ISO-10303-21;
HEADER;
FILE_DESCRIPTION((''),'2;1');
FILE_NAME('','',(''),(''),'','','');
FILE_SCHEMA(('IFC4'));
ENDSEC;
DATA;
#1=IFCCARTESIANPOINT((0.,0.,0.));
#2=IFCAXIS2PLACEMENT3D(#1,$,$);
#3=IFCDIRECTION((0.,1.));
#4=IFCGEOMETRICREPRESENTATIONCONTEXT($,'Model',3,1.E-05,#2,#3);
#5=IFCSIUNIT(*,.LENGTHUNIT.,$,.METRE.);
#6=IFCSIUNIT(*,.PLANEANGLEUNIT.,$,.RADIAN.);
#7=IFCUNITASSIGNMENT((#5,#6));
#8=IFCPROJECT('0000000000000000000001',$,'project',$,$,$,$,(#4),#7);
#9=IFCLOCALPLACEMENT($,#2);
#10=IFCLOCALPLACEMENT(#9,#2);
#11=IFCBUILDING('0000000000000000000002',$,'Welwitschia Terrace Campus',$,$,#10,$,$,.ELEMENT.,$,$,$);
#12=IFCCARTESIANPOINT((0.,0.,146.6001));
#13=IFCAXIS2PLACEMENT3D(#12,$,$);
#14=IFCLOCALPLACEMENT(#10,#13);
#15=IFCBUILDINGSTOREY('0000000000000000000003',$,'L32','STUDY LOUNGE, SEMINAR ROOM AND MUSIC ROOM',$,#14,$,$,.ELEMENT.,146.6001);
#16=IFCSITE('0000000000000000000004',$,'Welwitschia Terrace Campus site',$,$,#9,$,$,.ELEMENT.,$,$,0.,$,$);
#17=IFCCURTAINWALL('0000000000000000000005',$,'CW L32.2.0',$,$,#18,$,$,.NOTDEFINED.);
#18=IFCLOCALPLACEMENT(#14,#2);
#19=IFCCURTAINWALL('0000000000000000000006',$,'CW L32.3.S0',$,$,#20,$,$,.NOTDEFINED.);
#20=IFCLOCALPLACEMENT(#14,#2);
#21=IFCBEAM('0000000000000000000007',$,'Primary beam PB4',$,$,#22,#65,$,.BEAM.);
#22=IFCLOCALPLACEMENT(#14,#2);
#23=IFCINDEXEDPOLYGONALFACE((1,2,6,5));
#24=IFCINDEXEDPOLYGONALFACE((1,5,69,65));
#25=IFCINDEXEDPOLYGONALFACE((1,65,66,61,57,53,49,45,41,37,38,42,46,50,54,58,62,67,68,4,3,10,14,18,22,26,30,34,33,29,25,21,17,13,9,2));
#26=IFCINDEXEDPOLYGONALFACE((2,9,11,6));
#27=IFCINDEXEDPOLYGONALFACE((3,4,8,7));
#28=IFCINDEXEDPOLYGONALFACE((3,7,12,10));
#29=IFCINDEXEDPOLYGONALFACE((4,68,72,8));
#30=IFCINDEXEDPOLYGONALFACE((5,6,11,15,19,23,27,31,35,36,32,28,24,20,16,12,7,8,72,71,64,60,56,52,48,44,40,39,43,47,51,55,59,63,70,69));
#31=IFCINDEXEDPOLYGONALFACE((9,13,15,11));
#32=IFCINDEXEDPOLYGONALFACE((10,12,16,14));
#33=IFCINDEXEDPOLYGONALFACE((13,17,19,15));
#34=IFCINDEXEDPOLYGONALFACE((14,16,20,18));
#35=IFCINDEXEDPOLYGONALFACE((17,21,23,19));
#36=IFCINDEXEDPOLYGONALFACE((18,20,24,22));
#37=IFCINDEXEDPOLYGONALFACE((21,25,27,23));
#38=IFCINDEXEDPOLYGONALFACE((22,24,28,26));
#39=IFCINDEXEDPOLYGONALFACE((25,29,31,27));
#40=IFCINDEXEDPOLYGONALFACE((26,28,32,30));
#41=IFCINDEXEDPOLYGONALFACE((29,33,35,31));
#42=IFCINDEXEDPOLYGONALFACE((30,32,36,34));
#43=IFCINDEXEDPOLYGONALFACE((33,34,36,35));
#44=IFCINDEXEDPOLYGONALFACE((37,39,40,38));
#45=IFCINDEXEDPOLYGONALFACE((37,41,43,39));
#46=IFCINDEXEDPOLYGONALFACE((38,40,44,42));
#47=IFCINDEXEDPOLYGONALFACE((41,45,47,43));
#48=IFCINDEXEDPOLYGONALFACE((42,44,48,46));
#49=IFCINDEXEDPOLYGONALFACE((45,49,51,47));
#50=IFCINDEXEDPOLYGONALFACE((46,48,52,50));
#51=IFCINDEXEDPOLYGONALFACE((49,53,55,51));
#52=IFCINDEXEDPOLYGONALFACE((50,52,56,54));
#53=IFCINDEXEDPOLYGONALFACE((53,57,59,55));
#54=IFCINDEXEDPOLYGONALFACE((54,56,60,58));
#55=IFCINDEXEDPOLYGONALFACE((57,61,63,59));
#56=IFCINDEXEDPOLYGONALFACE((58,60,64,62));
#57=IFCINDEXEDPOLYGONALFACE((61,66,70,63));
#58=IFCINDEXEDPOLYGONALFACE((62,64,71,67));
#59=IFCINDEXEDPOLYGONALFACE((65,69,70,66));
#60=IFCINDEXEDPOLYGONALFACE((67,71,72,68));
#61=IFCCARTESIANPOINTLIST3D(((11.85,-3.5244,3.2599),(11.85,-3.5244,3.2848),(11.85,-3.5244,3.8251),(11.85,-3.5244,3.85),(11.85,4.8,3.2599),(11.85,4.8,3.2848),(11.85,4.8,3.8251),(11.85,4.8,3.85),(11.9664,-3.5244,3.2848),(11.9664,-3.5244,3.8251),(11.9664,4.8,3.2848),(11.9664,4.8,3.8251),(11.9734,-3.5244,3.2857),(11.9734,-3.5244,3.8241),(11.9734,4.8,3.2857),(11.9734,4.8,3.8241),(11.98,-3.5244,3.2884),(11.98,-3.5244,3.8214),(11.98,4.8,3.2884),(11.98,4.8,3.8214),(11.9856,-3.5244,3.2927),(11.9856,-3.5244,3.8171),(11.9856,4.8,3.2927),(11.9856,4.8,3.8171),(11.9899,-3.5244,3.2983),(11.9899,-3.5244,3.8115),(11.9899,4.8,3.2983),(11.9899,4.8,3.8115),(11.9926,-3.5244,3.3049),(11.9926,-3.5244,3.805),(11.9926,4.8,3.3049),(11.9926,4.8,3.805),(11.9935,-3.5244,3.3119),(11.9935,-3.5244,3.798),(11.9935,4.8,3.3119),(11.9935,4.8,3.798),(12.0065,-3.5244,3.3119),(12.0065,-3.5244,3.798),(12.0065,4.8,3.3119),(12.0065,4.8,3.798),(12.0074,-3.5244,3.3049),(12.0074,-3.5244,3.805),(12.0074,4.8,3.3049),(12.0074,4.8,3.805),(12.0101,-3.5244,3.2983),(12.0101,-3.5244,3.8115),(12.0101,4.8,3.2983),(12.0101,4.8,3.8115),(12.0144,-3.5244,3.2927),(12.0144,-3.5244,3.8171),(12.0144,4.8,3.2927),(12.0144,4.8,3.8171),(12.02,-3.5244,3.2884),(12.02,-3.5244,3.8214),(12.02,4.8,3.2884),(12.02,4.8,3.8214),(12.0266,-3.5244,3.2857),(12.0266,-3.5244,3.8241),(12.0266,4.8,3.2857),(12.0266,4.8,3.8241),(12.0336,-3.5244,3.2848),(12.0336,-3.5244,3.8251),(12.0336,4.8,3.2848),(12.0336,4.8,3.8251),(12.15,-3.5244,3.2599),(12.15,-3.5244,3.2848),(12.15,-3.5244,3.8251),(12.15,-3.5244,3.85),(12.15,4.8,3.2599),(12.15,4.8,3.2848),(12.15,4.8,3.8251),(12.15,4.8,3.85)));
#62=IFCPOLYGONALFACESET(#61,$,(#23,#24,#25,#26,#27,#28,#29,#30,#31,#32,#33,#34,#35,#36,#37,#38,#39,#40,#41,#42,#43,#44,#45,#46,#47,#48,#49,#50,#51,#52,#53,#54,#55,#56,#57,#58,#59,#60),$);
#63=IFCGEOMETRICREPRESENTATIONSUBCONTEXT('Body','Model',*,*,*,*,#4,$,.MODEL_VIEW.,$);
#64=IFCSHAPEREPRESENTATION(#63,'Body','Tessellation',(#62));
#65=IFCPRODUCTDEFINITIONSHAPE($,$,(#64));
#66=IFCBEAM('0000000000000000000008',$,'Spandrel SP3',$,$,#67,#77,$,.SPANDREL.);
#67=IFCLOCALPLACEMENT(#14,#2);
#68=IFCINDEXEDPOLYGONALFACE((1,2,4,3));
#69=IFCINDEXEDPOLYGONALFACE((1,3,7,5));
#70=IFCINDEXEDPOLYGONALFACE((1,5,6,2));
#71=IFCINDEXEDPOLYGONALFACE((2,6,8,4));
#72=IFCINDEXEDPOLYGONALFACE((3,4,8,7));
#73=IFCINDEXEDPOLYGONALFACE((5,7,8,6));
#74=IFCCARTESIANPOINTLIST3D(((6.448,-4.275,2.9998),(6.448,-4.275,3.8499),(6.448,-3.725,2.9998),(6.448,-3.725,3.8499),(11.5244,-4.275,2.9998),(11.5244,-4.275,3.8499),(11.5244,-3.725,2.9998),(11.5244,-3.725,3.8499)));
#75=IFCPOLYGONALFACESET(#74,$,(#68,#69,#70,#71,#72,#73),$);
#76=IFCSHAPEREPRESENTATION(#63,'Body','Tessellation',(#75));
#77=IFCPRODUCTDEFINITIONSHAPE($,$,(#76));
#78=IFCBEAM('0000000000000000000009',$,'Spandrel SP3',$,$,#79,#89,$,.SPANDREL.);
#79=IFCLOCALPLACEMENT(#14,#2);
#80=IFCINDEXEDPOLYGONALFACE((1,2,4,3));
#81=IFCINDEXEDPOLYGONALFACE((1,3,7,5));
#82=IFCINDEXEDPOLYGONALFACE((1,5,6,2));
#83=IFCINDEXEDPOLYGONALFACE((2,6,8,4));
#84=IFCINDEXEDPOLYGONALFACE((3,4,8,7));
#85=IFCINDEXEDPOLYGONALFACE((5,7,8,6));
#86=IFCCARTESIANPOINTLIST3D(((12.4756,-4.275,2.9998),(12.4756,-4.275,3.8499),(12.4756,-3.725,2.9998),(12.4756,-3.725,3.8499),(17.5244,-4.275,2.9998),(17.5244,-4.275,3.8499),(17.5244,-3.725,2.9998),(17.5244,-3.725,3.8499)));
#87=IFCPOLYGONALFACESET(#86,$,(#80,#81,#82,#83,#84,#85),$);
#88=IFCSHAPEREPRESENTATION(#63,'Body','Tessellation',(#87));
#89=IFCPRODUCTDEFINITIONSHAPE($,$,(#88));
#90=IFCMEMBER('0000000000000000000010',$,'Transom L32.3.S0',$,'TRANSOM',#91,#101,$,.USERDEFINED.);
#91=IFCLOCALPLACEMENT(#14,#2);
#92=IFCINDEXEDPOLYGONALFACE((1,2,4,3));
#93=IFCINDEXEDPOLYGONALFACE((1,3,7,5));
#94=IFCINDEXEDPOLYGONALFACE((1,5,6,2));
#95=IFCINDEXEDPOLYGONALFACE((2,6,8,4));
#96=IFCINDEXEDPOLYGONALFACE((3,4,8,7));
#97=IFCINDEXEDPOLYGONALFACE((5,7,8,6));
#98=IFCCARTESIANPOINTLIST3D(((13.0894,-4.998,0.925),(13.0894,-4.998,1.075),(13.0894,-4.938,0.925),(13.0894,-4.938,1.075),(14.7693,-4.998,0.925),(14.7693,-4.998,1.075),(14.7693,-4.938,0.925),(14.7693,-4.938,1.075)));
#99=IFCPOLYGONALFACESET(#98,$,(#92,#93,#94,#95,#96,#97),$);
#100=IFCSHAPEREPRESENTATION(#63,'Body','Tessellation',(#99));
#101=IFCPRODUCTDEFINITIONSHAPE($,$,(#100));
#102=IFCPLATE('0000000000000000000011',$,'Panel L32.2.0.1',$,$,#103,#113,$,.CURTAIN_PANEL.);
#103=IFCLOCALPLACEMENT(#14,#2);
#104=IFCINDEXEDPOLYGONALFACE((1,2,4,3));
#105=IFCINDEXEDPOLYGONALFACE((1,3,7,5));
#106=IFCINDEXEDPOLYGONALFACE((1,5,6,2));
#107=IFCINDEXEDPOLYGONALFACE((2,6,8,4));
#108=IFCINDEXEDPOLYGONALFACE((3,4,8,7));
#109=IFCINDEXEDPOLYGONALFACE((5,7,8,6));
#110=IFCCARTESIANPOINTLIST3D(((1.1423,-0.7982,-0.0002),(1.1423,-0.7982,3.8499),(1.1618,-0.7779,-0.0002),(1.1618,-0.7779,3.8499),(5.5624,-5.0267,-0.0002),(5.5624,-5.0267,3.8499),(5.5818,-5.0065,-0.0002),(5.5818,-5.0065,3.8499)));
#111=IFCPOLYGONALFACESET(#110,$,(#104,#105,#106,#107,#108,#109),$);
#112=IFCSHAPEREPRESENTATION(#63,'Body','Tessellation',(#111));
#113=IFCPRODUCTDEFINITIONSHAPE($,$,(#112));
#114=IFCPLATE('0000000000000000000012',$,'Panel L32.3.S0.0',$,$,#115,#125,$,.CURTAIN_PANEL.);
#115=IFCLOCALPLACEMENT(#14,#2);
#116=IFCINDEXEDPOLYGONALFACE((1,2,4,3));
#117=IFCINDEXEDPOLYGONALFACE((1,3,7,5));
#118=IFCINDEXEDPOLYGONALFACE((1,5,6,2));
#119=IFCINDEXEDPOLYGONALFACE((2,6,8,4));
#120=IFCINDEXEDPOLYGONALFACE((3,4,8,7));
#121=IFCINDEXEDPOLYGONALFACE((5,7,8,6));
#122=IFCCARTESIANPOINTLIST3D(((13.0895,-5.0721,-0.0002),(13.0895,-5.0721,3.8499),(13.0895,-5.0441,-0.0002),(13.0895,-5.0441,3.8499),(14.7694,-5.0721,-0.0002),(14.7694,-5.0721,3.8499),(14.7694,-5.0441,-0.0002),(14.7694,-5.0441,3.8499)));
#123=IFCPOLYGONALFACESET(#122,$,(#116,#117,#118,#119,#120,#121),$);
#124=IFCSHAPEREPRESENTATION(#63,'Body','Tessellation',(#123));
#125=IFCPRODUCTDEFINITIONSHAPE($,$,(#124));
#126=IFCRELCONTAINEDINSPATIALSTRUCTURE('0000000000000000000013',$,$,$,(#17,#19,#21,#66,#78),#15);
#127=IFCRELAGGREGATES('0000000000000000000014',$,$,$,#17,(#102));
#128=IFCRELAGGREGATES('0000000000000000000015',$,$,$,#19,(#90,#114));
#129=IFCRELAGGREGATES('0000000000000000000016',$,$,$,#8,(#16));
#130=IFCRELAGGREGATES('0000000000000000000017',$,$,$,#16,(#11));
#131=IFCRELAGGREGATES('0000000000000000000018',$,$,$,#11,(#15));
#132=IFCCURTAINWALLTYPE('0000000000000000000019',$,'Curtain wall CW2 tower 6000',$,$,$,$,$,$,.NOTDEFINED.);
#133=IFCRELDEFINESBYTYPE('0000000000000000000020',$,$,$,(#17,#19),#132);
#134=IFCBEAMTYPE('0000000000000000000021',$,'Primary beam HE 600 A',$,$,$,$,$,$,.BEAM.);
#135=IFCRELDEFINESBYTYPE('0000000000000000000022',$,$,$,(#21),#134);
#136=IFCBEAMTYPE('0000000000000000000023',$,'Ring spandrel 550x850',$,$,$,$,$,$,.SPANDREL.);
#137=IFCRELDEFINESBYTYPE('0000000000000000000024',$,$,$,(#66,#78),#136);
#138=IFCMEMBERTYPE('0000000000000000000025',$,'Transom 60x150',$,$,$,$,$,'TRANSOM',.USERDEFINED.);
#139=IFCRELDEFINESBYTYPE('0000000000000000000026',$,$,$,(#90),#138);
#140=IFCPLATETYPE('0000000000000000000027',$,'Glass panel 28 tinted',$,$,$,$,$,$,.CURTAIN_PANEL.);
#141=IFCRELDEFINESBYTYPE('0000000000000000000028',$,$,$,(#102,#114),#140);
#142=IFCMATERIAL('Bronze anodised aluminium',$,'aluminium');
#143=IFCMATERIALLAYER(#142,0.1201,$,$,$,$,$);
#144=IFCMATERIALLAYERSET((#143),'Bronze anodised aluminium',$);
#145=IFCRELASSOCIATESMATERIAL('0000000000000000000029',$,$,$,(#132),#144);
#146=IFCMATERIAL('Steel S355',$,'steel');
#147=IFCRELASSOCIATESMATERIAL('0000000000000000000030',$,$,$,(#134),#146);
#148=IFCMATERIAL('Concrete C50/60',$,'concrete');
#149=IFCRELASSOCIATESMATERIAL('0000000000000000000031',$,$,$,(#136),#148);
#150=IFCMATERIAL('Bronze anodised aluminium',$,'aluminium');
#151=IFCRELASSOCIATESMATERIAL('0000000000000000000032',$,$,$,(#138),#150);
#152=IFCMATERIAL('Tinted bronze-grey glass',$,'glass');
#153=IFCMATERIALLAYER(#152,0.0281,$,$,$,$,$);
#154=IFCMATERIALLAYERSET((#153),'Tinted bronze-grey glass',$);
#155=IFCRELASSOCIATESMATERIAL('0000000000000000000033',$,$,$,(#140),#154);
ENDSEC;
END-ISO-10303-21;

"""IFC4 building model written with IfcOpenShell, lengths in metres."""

from ifc_helpers import new_model, si_unit, direction, frame, origin, origin_2d, place, context, subcontext, project, spatial, rectangle, i_section, extrude, material, layer, layer_set, material_profile, profile_set, type_object, element, aggregate, save


model = new_model("IFC4")

# Units and contexts
model_context = context("Model", 3, precision=1e-05, world=origin(), true_north=direction((0.0, 1.0)))
body_context = subcontext(model_context, "Body", "Model", "MODEL_VIEW")
ifc_project = project(units=[si_unit("LENGTHUNIT", "METRE"), si_unit("PLANEANGLEUNIT", "RADIAN")], contexts=[model_context])

# Site, building, storey
site_placement = place(None, origin())
site = spatial("IfcSite", under=ifc_project, at=site_placement, Name="Welwitschia Terrace Campus site", CompositionType="ELEMENT", RefElevation=0.0)
building_placement = place(site_placement, origin())
building = spatial("IfcBuilding", under=site, at=building_placement, Name="Welwitschia Terrace Campus", CompositionType="ELEMENT")
storey_placement = place(building_placement, frame((0.0, 0.0, 146.6001)))
storey = spatial("IfcBuildingStorey", under=building, at=storey_placement, Name="L32", Description="STUDY LOUNGE, SEMINAR ROOM AND MUSIC ROOM", CompositionType="ELEMENT", Elevation=146.6001)

# Curtain wall
ifc_material_1 = material(Name="Bronze anodised aluminium", Category="aluminium")
ifc_layer_1 = layer(ifc_material_1, 0.1201)
ifc_layer_set_1 = layer_set([ifc_layer_1], Name="Bronze anodised aluminium")
curtain_wall_type = type_object("IfcCurtainWallType", Name="Curtain wall CW2 tower 6000", PredefinedType="NOTDEFINED", material=ifc_layer_set_1)
curtain_wall_1_placement = place(storey_placement, origin())
curtain_wall_1 = element("IfcCurtainWall", 1, at=curtain_wall_1_placement, inside=storey, type_object=curtain_wall_type, Name="CW L32.2.0", PredefinedType="NOTDEFINED")

# Curtain wall
curtain_wall_2_placement = place(storey_placement, origin())
curtain_wall_2 = element("IfcCurtainWall", 2, at=curtain_wall_2_placement, inside=storey, type_object=curtain_wall_type, Name="CW L32.3.S0", PredefinedType="NOTDEFINED")

# Beams
ifc_material_2 = material(Name="Steel S355", Category="steel")
ifc_material_profile_1 = material_profile(ifc_material_2, i_section(OverallWidth=0.3, OverallDepth=0.5901, WebThickness=0.0129, FlangeThickness=0.0249, FilletRadius=0.0271, at=origin_2d()))
ifc_profile_set_1 = profile_set([ifc_material_profile_1], Name="Steel S355")
beam_type_1 = type_object("IfcBeamType", Name="Primary beam HE 600 A", PredefinedType="BEAM", material=ifc_profile_set_1)
beam_1_placement = place(storey_placement, frame((12.0, -3.5244, 3.5549), z_axis=(0.0, 1.0, 0.0), x_axis=(-1.0, 0.0, 0.0)))
element("IfcBeam", 3, at=beam_1_placement, inside=storey, type_object=beam_type_1, Name="Primary beam PB4", PredefinedType="BEAM", context=body_context, shape_type="SweptSolid", body=[
    extrude(i_section(OverallWidth=0.3, OverallDepth=0.5901, WebThickness=0.0129, FlangeThickness=0.0249, FilletRadius=0.0271, at=origin_2d()), origin(), (0.0, 0.0, 1.0), 8.3245),
])
ifc_material_3 = material(Name="Concrete C50/60", Category="concrete")
ifc_material_profile_2 = material_profile(ifc_material_3, rectangle(XDim=0.55, YDim=0.8501, at=origin_2d()))
ifc_profile_set_2 = profile_set([ifc_material_profile_2], Name="Concrete C50/60")
beam_type_2 = type_object("IfcBeamType", Name="Ring spandrel 550x850", PredefinedType="SPANDREL", material=ifc_profile_set_2)
beam_2_placement = place(storey_placement, frame((6.448, -4.0, 3.4248), z_axis=(1.0, 0.0, 0.0), x_axis=(0.0, 1.0, 0.0)))
element("IfcBeam", 4, at=beam_2_placement, inside=storey, type_object=beam_type_2, Name="Spandrel SP3", PredefinedType="SPANDREL", context=body_context, shape_type="SweptSolid", body=[
    extrude(rectangle(XDim=0.55, YDim=0.8501, at=origin_2d()), origin(), (0.0, 0.0, 1.0), 5.0764),
])
beam_3_placement = place(storey_placement, frame((12.4756, -4.0, 3.4248), z_axis=(1.0, 0.0, 0.0), x_axis=(0.0, 1.0, 0.0)))
element("IfcBeam", 5, at=beam_3_placement, inside=storey, type_object=beam_type_2, Name="Spandrel SP3", PredefinedType="SPANDREL", context=body_context, shape_type="SweptSolid", body=[
    extrude(rectangle(XDim=0.55, YDim=0.8501, at=origin_2d()), origin(), (0.0, 0.0, 1.0), 5.0488),
])

# Member
ifc_material_4 = material(Name="Bronze anodised aluminium", Category="aluminium")
ifc_material_profile_3 = material_profile(ifc_material_4, rectangle(XDim=0.0601, YDim=0.1499, at=origin_2d()))
ifc_profile_set_3 = profile_set([ifc_material_profile_3], Name="Bronze anodised aluminium")
member_type_1 = type_object("IfcMemberType", Name="Transom 60x150", ElementType="TRANSOM", PredefinedType="USERDEFINED", material=ifc_profile_set_3)
member_1_placement = place(storey_placement, frame((13.0894, -4.968, 1.0), z_axis=(1.0, 0.0, 0.0), x_axis=(0.0, 1.0, 0.0)))
member_1 = element("IfcMember", 6, at=member_1_placement, type_object=member_type_1, Name="Transom L32.3.S0", ObjectType="TRANSOM", PredefinedType="USERDEFINED", context=body_context, shape_type="SweptSolid", body=[
    extrude(rectangle(XDim=0.0601, YDim=0.1499, at=origin_2d()), origin(), (0.0, 0.0, 1.0), 1.6799),
])

# Plates
ifc_material_5 = material(Name="Tinted bronze-grey glass", Category="glass")
ifc_layer_2 = layer(ifc_material_5, 0.0281)
ifc_layer_set_2 = layer_set([ifc_layer_2], Name="Tinted bronze-grey glass")
plate_type = type_object("IfcPlateType", Name="Glass panel 28 tinted", PredefinedType="CURTAIN_PANEL", material=ifc_layer_set_2)
plate_1_placement = place(storey_placement, frame((3.3621, -2.9023, -0.0002), z_axis=(0.0, 0.0, 1.0), x_axis=(0.722588, -0.691279, 0.0)))
plate_1 = element("IfcPlate", 7, at=plate_1_placement, type_object=plate_type, Name="Panel L32.2.0.1", PredefinedType="CURTAIN_PANEL", context=body_context, shape_type="SweptSolid", body=[
    extrude(rectangle(XDim=6.1169, YDim=0.0281, at=origin_2d()), origin(), (0.0, 0.0, 1.0), 3.8501),
])
aggregate(curtain_wall_1, [plate_1])
plate_2_placement = place(storey_placement, frame((13.9294, -5.0581, -0.0002), z_axis=(0.0, 0.0, 1.0), x_axis=(1.0, 0.0, 0.0)))
plate_2 = element("IfcPlate", 8, at=plate_2_placement, type_object=plate_type, Name="Panel L32.3.S0.0", PredefinedType="CURTAIN_PANEL", context=body_context, shape_type="SweptSolid", body=[
    extrude(rectangle(XDim=1.6799, YDim=0.0281, at=origin_2d()), origin(), (0.0, 0.0, 1.0), 3.8501),
])
aggregate(curtain_wall_2, [member_1, plate_2])

save(model, "model.ifc")
